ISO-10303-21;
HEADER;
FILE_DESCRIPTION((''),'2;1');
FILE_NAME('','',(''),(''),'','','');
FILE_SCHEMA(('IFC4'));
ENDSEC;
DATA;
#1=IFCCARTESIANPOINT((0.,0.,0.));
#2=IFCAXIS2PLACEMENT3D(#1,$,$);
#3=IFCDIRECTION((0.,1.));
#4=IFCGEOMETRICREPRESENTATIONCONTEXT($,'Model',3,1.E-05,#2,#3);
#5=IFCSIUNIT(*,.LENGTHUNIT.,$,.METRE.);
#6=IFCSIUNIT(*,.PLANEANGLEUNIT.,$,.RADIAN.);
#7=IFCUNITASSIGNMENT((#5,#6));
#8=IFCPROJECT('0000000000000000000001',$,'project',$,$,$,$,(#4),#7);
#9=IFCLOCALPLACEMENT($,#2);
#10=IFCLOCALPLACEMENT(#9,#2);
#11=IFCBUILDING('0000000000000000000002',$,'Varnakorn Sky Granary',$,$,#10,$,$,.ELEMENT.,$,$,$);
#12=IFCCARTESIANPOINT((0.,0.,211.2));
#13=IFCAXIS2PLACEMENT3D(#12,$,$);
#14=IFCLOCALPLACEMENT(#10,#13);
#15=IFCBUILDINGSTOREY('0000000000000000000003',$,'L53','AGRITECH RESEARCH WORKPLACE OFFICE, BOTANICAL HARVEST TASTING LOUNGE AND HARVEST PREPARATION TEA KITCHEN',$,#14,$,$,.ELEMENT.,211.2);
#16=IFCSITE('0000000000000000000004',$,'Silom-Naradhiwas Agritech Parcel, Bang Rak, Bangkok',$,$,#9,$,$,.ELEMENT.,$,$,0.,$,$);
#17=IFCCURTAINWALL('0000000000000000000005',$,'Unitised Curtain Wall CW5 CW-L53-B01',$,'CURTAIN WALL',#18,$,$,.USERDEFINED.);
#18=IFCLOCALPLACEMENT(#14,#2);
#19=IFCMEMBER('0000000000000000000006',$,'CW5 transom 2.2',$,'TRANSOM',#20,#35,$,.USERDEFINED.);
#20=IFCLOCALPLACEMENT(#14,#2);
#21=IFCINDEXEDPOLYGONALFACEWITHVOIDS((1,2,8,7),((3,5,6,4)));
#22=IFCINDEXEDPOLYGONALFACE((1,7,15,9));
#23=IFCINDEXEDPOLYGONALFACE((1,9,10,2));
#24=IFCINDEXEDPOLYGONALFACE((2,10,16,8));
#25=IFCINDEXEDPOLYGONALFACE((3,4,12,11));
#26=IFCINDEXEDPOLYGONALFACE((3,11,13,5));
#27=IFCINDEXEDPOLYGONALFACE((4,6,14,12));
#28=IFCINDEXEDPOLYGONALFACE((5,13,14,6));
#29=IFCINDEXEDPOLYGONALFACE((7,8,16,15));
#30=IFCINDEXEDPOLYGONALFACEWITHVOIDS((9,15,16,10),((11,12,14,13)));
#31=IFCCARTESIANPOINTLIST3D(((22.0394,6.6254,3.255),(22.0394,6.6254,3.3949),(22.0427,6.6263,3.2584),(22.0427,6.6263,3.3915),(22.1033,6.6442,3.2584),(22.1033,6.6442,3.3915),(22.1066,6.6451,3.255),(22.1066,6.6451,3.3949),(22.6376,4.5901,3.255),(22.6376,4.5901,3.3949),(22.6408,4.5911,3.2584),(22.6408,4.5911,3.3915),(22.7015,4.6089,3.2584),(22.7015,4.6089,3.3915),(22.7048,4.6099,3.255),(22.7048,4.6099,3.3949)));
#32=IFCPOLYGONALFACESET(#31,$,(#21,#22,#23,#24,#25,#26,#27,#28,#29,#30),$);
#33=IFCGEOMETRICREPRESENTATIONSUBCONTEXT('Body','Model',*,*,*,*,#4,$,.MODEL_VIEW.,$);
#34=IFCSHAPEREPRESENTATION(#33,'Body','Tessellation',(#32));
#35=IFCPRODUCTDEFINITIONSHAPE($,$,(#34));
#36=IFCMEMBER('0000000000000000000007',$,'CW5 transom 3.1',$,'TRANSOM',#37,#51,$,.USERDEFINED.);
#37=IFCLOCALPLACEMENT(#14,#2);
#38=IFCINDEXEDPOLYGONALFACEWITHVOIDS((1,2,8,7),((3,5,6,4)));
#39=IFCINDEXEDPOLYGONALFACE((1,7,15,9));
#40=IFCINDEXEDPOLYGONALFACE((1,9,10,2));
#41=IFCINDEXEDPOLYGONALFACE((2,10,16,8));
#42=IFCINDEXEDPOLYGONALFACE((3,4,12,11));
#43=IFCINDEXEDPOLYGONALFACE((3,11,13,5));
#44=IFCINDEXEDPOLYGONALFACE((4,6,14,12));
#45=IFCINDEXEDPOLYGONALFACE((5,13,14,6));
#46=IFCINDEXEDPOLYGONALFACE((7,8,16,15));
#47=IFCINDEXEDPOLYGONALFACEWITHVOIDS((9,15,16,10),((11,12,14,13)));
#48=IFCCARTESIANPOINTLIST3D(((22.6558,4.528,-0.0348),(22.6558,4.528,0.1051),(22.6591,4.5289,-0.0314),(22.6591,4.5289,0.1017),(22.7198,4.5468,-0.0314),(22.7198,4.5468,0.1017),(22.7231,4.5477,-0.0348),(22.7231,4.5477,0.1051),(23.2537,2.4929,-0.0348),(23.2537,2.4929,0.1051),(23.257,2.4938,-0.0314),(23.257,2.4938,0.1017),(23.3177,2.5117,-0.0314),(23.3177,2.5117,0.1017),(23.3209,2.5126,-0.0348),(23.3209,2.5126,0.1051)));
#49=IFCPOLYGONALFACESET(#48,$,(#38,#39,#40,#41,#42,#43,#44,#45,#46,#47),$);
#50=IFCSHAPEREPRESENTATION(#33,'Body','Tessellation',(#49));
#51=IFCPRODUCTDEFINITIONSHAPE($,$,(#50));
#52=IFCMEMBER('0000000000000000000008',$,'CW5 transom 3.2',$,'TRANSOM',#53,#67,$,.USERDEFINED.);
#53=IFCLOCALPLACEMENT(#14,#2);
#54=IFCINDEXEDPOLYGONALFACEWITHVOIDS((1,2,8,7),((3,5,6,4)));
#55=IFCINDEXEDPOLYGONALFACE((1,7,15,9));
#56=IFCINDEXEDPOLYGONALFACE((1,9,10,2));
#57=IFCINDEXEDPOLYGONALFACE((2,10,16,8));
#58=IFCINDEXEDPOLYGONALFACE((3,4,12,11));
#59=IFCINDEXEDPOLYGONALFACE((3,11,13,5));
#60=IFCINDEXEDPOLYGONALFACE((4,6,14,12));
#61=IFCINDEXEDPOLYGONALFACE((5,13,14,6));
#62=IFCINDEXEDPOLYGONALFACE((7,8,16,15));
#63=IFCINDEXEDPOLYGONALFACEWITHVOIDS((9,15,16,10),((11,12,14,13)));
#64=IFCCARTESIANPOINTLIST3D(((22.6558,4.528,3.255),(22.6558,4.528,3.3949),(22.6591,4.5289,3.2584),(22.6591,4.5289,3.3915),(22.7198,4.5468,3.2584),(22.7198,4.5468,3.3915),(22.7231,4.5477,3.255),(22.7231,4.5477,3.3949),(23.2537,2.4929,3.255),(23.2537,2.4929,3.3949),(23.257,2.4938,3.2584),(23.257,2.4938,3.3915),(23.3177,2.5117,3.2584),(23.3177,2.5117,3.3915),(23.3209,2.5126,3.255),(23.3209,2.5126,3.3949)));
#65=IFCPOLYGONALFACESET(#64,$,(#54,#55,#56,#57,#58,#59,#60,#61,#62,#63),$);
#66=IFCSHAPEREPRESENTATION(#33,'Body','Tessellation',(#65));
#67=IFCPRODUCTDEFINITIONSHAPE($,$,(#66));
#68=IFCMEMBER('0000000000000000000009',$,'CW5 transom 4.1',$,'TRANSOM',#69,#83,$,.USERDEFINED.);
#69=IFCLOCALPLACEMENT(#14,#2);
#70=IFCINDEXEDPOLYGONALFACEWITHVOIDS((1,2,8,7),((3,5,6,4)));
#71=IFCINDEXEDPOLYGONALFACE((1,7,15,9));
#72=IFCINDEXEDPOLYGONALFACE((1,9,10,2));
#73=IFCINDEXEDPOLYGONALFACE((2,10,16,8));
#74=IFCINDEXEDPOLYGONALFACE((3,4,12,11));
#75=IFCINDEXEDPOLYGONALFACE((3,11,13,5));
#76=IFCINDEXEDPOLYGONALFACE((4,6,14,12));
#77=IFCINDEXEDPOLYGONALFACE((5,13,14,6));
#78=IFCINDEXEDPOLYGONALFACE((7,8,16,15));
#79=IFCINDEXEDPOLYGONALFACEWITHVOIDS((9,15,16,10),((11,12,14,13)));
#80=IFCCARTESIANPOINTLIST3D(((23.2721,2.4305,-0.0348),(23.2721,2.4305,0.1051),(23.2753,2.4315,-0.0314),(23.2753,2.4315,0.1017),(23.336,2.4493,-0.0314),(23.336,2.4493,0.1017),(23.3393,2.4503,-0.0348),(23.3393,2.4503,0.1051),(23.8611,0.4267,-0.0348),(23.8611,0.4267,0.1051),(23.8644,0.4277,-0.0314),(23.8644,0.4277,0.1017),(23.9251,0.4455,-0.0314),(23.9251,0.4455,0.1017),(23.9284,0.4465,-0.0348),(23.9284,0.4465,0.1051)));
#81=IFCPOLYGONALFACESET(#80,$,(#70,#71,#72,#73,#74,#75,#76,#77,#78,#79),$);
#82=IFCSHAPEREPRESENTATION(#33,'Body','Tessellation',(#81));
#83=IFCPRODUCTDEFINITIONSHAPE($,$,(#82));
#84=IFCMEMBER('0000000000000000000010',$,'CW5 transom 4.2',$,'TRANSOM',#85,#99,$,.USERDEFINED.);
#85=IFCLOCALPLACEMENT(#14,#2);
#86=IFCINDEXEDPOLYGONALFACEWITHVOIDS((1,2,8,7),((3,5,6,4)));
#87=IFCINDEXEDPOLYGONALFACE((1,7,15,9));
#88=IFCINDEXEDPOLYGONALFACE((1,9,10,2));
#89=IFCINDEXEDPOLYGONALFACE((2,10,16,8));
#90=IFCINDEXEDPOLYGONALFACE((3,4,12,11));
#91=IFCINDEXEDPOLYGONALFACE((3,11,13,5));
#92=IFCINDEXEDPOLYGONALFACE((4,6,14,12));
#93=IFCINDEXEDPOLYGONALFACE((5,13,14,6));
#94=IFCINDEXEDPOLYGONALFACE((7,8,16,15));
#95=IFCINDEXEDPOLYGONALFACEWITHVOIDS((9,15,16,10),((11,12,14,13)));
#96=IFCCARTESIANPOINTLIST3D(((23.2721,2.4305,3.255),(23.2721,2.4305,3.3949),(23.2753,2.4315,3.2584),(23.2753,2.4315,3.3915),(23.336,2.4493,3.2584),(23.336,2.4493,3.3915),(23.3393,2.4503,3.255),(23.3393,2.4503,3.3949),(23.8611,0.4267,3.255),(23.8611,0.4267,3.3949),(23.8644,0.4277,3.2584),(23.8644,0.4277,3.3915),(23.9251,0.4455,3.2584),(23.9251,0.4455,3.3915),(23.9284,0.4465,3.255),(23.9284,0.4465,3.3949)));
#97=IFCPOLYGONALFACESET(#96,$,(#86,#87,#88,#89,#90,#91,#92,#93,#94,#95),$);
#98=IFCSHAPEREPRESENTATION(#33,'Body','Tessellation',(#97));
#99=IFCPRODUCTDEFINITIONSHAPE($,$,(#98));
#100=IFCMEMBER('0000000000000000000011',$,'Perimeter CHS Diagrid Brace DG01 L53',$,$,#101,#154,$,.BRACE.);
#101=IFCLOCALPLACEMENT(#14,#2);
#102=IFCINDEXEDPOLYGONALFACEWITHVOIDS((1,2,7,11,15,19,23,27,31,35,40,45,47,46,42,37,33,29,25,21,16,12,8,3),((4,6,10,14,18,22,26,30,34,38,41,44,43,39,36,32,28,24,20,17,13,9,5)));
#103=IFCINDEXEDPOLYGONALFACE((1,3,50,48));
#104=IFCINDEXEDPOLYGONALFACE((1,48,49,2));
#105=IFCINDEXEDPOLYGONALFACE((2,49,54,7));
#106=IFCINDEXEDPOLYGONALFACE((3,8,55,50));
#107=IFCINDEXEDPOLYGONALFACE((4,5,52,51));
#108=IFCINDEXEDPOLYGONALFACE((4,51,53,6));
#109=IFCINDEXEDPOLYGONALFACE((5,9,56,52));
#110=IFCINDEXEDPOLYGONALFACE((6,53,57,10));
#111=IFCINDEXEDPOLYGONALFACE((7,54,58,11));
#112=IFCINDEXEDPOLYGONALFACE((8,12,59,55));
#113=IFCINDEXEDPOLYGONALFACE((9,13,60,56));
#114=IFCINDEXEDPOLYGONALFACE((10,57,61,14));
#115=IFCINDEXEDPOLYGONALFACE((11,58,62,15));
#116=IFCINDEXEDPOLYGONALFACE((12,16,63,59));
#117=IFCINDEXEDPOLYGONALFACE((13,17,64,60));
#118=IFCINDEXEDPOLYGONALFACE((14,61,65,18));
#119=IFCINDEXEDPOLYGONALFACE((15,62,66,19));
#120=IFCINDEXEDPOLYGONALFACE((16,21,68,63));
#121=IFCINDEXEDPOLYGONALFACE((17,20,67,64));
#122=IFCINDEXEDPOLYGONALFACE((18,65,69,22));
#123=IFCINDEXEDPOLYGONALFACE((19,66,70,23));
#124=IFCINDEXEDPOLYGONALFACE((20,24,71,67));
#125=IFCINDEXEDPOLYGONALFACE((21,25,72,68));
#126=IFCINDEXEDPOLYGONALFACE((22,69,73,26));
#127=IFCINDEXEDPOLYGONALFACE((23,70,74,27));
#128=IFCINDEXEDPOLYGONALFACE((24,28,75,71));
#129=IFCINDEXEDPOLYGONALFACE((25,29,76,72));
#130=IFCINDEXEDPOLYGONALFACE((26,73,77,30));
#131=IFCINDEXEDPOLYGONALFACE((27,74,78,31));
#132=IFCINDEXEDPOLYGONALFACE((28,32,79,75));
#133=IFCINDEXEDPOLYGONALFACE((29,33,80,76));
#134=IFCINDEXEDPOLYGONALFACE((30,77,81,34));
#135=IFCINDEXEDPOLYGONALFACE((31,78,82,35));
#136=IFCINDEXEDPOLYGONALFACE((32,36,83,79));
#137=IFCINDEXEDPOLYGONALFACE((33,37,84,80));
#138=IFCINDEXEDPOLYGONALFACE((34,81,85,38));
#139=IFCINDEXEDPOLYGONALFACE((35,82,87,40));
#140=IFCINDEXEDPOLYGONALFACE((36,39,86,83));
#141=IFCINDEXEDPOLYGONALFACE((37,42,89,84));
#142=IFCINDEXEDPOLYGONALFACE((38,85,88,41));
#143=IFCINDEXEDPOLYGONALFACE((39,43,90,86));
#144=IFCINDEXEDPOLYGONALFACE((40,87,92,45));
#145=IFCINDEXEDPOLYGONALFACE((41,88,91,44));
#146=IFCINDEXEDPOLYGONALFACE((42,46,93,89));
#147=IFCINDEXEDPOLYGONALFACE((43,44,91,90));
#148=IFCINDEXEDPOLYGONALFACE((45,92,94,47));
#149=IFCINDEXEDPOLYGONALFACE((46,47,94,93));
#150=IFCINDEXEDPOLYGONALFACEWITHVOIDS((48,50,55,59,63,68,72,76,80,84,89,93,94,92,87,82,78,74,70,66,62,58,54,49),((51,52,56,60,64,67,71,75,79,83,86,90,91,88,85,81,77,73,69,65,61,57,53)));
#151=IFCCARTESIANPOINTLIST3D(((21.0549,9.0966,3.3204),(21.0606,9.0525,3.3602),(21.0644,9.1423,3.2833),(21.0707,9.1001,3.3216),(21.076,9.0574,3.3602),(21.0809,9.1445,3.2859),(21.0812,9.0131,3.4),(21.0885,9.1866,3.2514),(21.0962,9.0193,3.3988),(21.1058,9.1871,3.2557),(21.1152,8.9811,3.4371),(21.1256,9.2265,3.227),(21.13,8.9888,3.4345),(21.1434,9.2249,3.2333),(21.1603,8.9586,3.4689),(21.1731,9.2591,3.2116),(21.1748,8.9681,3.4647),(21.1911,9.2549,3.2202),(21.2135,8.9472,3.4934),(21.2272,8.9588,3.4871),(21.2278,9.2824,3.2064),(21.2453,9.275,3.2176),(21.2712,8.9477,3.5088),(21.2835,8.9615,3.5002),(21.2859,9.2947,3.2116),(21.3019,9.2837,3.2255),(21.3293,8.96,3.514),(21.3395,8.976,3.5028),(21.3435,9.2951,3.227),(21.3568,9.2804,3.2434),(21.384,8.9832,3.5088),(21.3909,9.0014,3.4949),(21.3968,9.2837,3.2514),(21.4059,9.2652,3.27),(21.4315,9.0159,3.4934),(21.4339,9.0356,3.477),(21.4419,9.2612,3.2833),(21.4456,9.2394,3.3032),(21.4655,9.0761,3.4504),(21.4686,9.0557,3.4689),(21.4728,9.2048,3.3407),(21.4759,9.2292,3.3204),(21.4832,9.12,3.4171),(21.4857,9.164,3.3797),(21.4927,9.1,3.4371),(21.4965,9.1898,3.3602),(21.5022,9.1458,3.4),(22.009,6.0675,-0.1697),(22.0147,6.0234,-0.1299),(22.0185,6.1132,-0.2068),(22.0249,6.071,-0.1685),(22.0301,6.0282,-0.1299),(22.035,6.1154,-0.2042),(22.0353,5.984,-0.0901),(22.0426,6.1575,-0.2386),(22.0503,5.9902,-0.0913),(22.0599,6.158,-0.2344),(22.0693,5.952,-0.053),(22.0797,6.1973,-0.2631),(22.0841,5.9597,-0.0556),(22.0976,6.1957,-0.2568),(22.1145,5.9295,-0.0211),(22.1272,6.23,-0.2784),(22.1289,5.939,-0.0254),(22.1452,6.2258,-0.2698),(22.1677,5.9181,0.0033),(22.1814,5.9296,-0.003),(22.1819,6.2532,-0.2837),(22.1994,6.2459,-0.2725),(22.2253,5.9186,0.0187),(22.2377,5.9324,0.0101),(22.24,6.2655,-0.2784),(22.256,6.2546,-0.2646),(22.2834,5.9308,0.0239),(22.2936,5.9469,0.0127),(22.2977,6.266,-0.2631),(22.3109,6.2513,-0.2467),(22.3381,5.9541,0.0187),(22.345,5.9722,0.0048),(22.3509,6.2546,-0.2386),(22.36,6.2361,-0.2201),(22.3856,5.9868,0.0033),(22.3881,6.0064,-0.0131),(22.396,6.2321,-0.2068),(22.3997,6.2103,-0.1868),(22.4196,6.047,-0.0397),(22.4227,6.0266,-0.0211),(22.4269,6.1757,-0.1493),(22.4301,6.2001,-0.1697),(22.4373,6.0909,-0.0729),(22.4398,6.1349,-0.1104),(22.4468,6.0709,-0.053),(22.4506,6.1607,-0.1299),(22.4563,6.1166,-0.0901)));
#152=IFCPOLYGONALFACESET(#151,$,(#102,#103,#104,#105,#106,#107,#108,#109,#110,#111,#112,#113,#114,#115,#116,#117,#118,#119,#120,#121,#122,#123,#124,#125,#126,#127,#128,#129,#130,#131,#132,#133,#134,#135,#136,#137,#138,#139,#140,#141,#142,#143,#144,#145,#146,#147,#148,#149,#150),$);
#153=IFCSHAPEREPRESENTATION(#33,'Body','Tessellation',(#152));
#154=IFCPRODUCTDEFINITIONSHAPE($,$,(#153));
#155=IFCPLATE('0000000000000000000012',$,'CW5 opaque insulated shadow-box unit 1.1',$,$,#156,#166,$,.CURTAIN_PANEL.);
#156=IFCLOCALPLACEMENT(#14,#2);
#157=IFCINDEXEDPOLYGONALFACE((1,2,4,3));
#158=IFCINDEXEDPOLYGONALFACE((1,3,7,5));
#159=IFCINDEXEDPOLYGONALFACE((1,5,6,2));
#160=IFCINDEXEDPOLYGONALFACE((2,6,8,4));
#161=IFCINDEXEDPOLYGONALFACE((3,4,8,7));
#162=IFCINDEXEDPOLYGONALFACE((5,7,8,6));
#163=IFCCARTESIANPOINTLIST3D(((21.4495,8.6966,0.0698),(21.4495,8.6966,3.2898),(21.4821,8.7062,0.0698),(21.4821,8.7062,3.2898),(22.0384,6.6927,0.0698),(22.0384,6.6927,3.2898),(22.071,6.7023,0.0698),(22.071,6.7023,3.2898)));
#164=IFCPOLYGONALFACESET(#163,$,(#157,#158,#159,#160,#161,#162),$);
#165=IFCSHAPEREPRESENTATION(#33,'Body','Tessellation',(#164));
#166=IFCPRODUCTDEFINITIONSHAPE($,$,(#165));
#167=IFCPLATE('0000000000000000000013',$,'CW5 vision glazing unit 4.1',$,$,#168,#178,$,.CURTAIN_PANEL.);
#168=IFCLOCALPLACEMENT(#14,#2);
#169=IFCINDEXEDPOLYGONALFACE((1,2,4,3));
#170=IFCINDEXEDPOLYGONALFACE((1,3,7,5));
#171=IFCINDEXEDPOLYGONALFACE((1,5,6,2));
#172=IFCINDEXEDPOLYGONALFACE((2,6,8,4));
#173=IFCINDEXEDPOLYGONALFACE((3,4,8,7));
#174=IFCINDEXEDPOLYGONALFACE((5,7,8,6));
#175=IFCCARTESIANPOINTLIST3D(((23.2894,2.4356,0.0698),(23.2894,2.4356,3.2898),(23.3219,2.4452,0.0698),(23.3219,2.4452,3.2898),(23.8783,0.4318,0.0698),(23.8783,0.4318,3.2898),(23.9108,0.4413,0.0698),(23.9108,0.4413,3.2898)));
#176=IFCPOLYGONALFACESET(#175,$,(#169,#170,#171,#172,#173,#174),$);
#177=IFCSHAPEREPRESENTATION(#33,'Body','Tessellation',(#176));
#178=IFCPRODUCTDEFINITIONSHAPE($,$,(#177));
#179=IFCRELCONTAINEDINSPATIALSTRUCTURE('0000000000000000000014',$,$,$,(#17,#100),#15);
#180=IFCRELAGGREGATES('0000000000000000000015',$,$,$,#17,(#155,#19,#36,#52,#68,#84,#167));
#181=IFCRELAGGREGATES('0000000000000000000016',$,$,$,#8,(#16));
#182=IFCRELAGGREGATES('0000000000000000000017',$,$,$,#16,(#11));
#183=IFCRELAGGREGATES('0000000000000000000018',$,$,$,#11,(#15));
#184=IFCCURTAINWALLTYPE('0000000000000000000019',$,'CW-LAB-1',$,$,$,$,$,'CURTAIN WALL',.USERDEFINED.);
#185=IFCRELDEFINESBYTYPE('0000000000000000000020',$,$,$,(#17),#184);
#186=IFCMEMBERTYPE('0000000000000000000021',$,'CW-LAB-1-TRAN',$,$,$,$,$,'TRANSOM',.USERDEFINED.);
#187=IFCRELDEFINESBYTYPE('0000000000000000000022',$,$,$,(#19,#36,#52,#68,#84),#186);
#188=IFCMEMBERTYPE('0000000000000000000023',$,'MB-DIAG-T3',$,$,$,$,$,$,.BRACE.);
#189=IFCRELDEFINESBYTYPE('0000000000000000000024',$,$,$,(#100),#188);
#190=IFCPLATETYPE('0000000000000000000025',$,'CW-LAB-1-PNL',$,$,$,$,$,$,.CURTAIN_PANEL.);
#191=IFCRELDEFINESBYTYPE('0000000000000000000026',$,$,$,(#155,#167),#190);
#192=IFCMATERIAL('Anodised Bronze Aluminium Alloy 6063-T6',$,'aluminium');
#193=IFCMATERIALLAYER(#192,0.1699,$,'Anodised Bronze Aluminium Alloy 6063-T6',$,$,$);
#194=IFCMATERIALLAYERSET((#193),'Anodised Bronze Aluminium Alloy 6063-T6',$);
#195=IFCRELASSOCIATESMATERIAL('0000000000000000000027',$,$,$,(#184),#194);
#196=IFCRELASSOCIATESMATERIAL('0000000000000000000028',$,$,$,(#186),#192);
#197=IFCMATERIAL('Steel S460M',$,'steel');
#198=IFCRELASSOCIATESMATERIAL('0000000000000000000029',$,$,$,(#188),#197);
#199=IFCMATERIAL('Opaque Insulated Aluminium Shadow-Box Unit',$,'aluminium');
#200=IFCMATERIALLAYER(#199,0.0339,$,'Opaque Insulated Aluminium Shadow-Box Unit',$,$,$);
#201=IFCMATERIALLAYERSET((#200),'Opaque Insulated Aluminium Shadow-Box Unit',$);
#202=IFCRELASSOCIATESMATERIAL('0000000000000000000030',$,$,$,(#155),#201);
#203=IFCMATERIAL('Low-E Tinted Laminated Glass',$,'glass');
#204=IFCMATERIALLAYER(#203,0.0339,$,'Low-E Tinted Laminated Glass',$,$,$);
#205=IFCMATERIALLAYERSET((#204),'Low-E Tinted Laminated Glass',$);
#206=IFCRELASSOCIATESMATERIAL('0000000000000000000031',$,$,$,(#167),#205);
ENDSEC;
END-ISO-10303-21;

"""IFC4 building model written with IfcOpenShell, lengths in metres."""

from ifc_helpers import new_model, si_unit, direction, frame, origin, origin_2d, place, context, subcontext, project, spatial, rectangle, hollow_rectangle, hollow_circle, extrude, source, transform, mapped, material, layer, layer_set, material_profile, profile_set, type_object, element, aggregate, save


model = new_model("IFC4")

# Units and contexts
model_context = context("Model", 3, precision=1e-05, world=origin(), true_north=direction((0.0, 1.0)))
body_context = subcontext(model_context, "Body", "Model", "MODEL_VIEW")
ifc_project = project(units=[si_unit("LENGTHUNIT", "METRE"), si_unit("PLANEANGLEUNIT", "RADIAN")], contexts=[model_context])

# Site, building, storey
site_placement = place(None, origin())
site = spatial("IfcSite", under=ifc_project, at=site_placement, Name="Silom-Naradhiwas Agritech Parcel, Bang Rak, Bangkok", CompositionType="ELEMENT", RefElevation=0.0)
building_placement = place(site_placement, origin())
building = spatial("IfcBuilding", under=site, at=building_placement, Name="Varnakorn Sky Granary", CompositionType="ELEMENT")
storey_placement = place(building_placement, frame((0.0, 0.0, 211.2)))
storey = spatial("IfcBuildingStorey", under=building, at=storey_placement, Name="L53", Description="AGRITECH RESEARCH WORKPLACE OFFICE, BOTANICAL HARVEST TASTING LOUNGE AND HARVEST PREPARATION TEA KITCHEN", CompositionType="ELEMENT", Elevation=211.2)

# Shared definitions
ifc_material_1 = material(Name="Steel S460M", Category="steel")

# Curtain wall, members
ifc_material_2 = material(Name="Anodised Bronze Aluminium Alloy 6063-T6", Category="aluminium")
ifc_layer_1 = layer(ifc_material_2, 0.1699, Name="Anodised Bronze Aluminium Alloy 6063-T6")
ifc_layer_set_1 = layer_set([ifc_layer_1], Name="Anodised Bronze Aluminium Alloy 6063-T6")
curtain_wall_type = type_object("IfcCurtainWallType", Name="CW-LAB-1", ElementType="CURTAIN WALL", PredefinedType="USERDEFINED", material=ifc_layer_set_1)
curtain_wall_placement = place(storey_placement, origin())
curtain_wall = element("IfcCurtainWall", 1, at=curtain_wall_placement, inside=storey, type_object=curtain_wall_type, Name="Unitised Curtain Wall CW5 CW-L53-B01", ObjectType="CURTAIN WALL", PredefinedType="USERDEFINED")
ifc_material_profile_1 = material_profile(ifc_material_2, hollow_rectangle(XDim=0.0701, YDim=0.1399, WallThickness=0.0034, at=origin_2d()), Name="ALU TRAN 70x140")
ifc_profile_set_1 = profile_set([ifc_material_profile_1], Name="Anodised Bronze Aluminium Alloy 6063-T6")
member_type_1 = type_object("IfcMemberType", Name="CW-LAB-1-TRAN", ElementType="TRANSOM", PredefinedType="USERDEFINED", material=ifc_profile_set_1)
member_1_placement = place(storey_placement, frame((22.073, 6.6353, 3.325), z_axis=(0.281979, -0.95942, 0.0), x_axis=(0.95942, 0.281979, 0.0)))
member_1 = element("IfcMember", 2, at=member_1_placement, type_object=member_type_1, Name="CW5 transom 2.2", ObjectType="TRANSOM", PredefinedType="USERDEFINED", context=body_context, shape_type="SweptSolid", body=[
    extrude(hollow_rectangle(XDim=0.0701, YDim=0.1399, WallThickness=0.0034, at=origin_2d()), origin(), (0.0, 0.0, 1.0), 2.1213),
])
member_2_placement = place(storey_placement, frame((22.6895, 4.5378, 0.0352), z_axis=(0.281873, -0.959452, 0.0), x_axis=(0.959452, 0.281873, 0.0)))
member_2 = element("IfcMember", 3, at=member_2_placement, type_object=member_type_1, Name="CW5 transom 3.1", ObjectType="TRANSOM", PredefinedType="USERDEFINED", context=body_context, shape_type="SweptSolid", body=[
    extrude(hollow_rectangle(XDim=0.0701, YDim=0.1399, WallThickness=0.0034, at=origin_2d()), origin(), (0.0, 0.0, 1.0), 2.1211),
])
member_3_placement = place(storey_placement, frame((22.6895, 4.5378, 3.325), z_axis=(0.281873, -0.959452, 0.0), x_axis=(0.959452, 0.281873, 0.0)))
member_3 = element("IfcMember", 4, at=member_3_placement, type_object=member_type_1, Name="CW5 transom 3.2", ObjectType="TRANSOM", PredefinedType="USERDEFINED", context=body_context, shape_type="SweptSolid", body=[
    extrude(hollow_rectangle(XDim=0.0701, YDim=0.1399, WallThickness=0.0034, at=origin_2d()), origin(), (0.0, 0.0, 1.0), 2.1211),
])
member_4_placement = place(storey_placement, frame((23.3057, 2.4404, 0.0352), z_axis=(0.282046, -0.959401, 0.0), x_axis=(0.959401, 0.282046, 0.0)))
member_4 = element("IfcMember", 5, at=member_4_placement, type_object=member_type_1, Name="CW5 transom 4.1", ObjectType="TRANSOM", PredefinedType="USERDEFINED", context=body_context, shape_type="SweptSolid", body=[
    extrude(hollow_rectangle(XDim=0.0701, YDim=0.1399, WallThickness=0.0034, at=origin_2d()), origin(), (0.0, 0.0, 1.0), 2.0886),
])
member_5_placement = place(storey_placement, frame((23.3057, 2.4404, 3.325), z_axis=(0.282046, -0.959401, 0.0), x_axis=(0.959401, 0.282046, 0.0)))
member_5 = element("IfcMember", 6, at=member_5_placement, type_object=member_type_1, Name="CW5 transom 4.2", ObjectType="TRANSOM", PredefinedType="USERDEFINED", context=body_context, shape_type="SweptSolid", body=[
    extrude(hollow_rectangle(XDim=0.0701, YDim=0.1399, WallThickness=0.0034, at=origin_2d()), origin(), (0.0, 0.0, 1.0), 2.0886),
])

# Member
ifc_material_profile_2 = material_profile(ifc_material_1, hollow_circle(Radius=0.2285, WallThickness=0.0161, at=origin_2d()), Name="CHS 457x16")
ifc_profile_set_2 = profile_set([ifc_material_profile_2], Name="Steel S460M")
member_type_2 = type_object("IfcMemberType", Name="MB-DIAG-T3", PredefinedType="BRACE", material=ifc_profile_set_2)
member_6_placement = place(storey_placement, frame((22.2327, 6.092, -0.1299), z_axis=(-0.202199, 0.641934, 0.739619), x_axis=(-0.953803, -0.300432, 0.0)))
element("IfcMember", 7, at=member_6_placement, inside=storey, type_object=member_type_2, Name="Perimeter CHS Diagrid Brace DG01 L53", PredefinedType="BRACE", context=body_context, shape_type="SweptSolid", body=[
    extrude(hollow_circle(Radius=0.2285, WallThickness=0.0161, at=origin_2d()), origin(), (0.0, 0.0, 1.0), 4.7188),
])

# Plates
ifc_material_3 = material(Name="Opaque Insulated Aluminium Shadow-Box Unit", Category="aluminium")
ifc_layer_2 = layer(ifc_material_3, 0.0339, Name="Opaque Insulated Aluminium Shadow-Box Unit")
ifc_layer_set_2 = layer_set([ifc_layer_2], Name="Opaque Insulated Aluminium Shadow-Box Unit")
plate_type = type_object("IfcPlateType", Name="CW-LAB-1-PNL", PredefinedType="CURTAIN_PANEL")
shared_shape_1 = source(origin(), body_context, "Body", "SweptSolid", [
    extrude(rectangle(XDim=2.0886, YDim=0.0339, at=origin_2d()), origin(), (0.0, 0.0, 1.0), 3.22),
])
plate_1_placement = place(storey_placement, frame((21.7603, 7.6995, 0.0698), z_axis=(0.0, 0.0, 1.0), x_axis=(0.281963, -0.959425, 0.0)))
plate_1 = element("IfcPlate", 8, at=plate_1_placement, type_object=plate_type, material=ifc_layer_set_2, Name="CW5 opaque insulated shadow-box unit 1.1", PredefinedType="CURTAIN_PANEL", context=body_context, shape_type="MappedRepresentation", body=[
    mapped(shared_shape_1, transform((0.0, 0.0, 0.0), x_axis=(1.0, 0.0, 0.0), y_axis=(0.0, 1.0, 0.0), z_axis=(0.0, 0.0, 1.0), scale=1.0)),
])
ifc_material_4 = material(Name="Low-E Tinted Laminated Glass", Category="glass")
ifc_layer_3 = layer(ifc_material_4, 0.0339, Name="Low-E Tinted Laminated Glass")
ifc_layer_set_3 = layer_set([ifc_layer_3], Name="Low-E Tinted Laminated Glass")
plate_2_placement = place(storey_placement, frame((23.6001, 1.4385, 0.0698), z_axis=(0.0, 0.0, 1.0), x_axis=(0.281963, -0.959425, 0.0)))
plate_2 = element("IfcPlate", 9, at=plate_2_placement, type_object=plate_type, material=ifc_layer_set_3, Name="CW5 vision glazing unit 4.1", PredefinedType="CURTAIN_PANEL", context=body_context, shape_type="MappedRepresentation", body=[
    mapped(shared_shape_1, transform((0.0, 0.0, 0.0), x_axis=(1.0, 0.0, 0.0), y_axis=(0.0, 1.0, 0.0), z_axis=(0.0, 0.0, 1.0), scale=1.0)),
])
aggregate(curtain_wall, [plate_1, member_1, member_2, member_3, member_4, member_5, plate_2])

save(model, "model.ifc")
